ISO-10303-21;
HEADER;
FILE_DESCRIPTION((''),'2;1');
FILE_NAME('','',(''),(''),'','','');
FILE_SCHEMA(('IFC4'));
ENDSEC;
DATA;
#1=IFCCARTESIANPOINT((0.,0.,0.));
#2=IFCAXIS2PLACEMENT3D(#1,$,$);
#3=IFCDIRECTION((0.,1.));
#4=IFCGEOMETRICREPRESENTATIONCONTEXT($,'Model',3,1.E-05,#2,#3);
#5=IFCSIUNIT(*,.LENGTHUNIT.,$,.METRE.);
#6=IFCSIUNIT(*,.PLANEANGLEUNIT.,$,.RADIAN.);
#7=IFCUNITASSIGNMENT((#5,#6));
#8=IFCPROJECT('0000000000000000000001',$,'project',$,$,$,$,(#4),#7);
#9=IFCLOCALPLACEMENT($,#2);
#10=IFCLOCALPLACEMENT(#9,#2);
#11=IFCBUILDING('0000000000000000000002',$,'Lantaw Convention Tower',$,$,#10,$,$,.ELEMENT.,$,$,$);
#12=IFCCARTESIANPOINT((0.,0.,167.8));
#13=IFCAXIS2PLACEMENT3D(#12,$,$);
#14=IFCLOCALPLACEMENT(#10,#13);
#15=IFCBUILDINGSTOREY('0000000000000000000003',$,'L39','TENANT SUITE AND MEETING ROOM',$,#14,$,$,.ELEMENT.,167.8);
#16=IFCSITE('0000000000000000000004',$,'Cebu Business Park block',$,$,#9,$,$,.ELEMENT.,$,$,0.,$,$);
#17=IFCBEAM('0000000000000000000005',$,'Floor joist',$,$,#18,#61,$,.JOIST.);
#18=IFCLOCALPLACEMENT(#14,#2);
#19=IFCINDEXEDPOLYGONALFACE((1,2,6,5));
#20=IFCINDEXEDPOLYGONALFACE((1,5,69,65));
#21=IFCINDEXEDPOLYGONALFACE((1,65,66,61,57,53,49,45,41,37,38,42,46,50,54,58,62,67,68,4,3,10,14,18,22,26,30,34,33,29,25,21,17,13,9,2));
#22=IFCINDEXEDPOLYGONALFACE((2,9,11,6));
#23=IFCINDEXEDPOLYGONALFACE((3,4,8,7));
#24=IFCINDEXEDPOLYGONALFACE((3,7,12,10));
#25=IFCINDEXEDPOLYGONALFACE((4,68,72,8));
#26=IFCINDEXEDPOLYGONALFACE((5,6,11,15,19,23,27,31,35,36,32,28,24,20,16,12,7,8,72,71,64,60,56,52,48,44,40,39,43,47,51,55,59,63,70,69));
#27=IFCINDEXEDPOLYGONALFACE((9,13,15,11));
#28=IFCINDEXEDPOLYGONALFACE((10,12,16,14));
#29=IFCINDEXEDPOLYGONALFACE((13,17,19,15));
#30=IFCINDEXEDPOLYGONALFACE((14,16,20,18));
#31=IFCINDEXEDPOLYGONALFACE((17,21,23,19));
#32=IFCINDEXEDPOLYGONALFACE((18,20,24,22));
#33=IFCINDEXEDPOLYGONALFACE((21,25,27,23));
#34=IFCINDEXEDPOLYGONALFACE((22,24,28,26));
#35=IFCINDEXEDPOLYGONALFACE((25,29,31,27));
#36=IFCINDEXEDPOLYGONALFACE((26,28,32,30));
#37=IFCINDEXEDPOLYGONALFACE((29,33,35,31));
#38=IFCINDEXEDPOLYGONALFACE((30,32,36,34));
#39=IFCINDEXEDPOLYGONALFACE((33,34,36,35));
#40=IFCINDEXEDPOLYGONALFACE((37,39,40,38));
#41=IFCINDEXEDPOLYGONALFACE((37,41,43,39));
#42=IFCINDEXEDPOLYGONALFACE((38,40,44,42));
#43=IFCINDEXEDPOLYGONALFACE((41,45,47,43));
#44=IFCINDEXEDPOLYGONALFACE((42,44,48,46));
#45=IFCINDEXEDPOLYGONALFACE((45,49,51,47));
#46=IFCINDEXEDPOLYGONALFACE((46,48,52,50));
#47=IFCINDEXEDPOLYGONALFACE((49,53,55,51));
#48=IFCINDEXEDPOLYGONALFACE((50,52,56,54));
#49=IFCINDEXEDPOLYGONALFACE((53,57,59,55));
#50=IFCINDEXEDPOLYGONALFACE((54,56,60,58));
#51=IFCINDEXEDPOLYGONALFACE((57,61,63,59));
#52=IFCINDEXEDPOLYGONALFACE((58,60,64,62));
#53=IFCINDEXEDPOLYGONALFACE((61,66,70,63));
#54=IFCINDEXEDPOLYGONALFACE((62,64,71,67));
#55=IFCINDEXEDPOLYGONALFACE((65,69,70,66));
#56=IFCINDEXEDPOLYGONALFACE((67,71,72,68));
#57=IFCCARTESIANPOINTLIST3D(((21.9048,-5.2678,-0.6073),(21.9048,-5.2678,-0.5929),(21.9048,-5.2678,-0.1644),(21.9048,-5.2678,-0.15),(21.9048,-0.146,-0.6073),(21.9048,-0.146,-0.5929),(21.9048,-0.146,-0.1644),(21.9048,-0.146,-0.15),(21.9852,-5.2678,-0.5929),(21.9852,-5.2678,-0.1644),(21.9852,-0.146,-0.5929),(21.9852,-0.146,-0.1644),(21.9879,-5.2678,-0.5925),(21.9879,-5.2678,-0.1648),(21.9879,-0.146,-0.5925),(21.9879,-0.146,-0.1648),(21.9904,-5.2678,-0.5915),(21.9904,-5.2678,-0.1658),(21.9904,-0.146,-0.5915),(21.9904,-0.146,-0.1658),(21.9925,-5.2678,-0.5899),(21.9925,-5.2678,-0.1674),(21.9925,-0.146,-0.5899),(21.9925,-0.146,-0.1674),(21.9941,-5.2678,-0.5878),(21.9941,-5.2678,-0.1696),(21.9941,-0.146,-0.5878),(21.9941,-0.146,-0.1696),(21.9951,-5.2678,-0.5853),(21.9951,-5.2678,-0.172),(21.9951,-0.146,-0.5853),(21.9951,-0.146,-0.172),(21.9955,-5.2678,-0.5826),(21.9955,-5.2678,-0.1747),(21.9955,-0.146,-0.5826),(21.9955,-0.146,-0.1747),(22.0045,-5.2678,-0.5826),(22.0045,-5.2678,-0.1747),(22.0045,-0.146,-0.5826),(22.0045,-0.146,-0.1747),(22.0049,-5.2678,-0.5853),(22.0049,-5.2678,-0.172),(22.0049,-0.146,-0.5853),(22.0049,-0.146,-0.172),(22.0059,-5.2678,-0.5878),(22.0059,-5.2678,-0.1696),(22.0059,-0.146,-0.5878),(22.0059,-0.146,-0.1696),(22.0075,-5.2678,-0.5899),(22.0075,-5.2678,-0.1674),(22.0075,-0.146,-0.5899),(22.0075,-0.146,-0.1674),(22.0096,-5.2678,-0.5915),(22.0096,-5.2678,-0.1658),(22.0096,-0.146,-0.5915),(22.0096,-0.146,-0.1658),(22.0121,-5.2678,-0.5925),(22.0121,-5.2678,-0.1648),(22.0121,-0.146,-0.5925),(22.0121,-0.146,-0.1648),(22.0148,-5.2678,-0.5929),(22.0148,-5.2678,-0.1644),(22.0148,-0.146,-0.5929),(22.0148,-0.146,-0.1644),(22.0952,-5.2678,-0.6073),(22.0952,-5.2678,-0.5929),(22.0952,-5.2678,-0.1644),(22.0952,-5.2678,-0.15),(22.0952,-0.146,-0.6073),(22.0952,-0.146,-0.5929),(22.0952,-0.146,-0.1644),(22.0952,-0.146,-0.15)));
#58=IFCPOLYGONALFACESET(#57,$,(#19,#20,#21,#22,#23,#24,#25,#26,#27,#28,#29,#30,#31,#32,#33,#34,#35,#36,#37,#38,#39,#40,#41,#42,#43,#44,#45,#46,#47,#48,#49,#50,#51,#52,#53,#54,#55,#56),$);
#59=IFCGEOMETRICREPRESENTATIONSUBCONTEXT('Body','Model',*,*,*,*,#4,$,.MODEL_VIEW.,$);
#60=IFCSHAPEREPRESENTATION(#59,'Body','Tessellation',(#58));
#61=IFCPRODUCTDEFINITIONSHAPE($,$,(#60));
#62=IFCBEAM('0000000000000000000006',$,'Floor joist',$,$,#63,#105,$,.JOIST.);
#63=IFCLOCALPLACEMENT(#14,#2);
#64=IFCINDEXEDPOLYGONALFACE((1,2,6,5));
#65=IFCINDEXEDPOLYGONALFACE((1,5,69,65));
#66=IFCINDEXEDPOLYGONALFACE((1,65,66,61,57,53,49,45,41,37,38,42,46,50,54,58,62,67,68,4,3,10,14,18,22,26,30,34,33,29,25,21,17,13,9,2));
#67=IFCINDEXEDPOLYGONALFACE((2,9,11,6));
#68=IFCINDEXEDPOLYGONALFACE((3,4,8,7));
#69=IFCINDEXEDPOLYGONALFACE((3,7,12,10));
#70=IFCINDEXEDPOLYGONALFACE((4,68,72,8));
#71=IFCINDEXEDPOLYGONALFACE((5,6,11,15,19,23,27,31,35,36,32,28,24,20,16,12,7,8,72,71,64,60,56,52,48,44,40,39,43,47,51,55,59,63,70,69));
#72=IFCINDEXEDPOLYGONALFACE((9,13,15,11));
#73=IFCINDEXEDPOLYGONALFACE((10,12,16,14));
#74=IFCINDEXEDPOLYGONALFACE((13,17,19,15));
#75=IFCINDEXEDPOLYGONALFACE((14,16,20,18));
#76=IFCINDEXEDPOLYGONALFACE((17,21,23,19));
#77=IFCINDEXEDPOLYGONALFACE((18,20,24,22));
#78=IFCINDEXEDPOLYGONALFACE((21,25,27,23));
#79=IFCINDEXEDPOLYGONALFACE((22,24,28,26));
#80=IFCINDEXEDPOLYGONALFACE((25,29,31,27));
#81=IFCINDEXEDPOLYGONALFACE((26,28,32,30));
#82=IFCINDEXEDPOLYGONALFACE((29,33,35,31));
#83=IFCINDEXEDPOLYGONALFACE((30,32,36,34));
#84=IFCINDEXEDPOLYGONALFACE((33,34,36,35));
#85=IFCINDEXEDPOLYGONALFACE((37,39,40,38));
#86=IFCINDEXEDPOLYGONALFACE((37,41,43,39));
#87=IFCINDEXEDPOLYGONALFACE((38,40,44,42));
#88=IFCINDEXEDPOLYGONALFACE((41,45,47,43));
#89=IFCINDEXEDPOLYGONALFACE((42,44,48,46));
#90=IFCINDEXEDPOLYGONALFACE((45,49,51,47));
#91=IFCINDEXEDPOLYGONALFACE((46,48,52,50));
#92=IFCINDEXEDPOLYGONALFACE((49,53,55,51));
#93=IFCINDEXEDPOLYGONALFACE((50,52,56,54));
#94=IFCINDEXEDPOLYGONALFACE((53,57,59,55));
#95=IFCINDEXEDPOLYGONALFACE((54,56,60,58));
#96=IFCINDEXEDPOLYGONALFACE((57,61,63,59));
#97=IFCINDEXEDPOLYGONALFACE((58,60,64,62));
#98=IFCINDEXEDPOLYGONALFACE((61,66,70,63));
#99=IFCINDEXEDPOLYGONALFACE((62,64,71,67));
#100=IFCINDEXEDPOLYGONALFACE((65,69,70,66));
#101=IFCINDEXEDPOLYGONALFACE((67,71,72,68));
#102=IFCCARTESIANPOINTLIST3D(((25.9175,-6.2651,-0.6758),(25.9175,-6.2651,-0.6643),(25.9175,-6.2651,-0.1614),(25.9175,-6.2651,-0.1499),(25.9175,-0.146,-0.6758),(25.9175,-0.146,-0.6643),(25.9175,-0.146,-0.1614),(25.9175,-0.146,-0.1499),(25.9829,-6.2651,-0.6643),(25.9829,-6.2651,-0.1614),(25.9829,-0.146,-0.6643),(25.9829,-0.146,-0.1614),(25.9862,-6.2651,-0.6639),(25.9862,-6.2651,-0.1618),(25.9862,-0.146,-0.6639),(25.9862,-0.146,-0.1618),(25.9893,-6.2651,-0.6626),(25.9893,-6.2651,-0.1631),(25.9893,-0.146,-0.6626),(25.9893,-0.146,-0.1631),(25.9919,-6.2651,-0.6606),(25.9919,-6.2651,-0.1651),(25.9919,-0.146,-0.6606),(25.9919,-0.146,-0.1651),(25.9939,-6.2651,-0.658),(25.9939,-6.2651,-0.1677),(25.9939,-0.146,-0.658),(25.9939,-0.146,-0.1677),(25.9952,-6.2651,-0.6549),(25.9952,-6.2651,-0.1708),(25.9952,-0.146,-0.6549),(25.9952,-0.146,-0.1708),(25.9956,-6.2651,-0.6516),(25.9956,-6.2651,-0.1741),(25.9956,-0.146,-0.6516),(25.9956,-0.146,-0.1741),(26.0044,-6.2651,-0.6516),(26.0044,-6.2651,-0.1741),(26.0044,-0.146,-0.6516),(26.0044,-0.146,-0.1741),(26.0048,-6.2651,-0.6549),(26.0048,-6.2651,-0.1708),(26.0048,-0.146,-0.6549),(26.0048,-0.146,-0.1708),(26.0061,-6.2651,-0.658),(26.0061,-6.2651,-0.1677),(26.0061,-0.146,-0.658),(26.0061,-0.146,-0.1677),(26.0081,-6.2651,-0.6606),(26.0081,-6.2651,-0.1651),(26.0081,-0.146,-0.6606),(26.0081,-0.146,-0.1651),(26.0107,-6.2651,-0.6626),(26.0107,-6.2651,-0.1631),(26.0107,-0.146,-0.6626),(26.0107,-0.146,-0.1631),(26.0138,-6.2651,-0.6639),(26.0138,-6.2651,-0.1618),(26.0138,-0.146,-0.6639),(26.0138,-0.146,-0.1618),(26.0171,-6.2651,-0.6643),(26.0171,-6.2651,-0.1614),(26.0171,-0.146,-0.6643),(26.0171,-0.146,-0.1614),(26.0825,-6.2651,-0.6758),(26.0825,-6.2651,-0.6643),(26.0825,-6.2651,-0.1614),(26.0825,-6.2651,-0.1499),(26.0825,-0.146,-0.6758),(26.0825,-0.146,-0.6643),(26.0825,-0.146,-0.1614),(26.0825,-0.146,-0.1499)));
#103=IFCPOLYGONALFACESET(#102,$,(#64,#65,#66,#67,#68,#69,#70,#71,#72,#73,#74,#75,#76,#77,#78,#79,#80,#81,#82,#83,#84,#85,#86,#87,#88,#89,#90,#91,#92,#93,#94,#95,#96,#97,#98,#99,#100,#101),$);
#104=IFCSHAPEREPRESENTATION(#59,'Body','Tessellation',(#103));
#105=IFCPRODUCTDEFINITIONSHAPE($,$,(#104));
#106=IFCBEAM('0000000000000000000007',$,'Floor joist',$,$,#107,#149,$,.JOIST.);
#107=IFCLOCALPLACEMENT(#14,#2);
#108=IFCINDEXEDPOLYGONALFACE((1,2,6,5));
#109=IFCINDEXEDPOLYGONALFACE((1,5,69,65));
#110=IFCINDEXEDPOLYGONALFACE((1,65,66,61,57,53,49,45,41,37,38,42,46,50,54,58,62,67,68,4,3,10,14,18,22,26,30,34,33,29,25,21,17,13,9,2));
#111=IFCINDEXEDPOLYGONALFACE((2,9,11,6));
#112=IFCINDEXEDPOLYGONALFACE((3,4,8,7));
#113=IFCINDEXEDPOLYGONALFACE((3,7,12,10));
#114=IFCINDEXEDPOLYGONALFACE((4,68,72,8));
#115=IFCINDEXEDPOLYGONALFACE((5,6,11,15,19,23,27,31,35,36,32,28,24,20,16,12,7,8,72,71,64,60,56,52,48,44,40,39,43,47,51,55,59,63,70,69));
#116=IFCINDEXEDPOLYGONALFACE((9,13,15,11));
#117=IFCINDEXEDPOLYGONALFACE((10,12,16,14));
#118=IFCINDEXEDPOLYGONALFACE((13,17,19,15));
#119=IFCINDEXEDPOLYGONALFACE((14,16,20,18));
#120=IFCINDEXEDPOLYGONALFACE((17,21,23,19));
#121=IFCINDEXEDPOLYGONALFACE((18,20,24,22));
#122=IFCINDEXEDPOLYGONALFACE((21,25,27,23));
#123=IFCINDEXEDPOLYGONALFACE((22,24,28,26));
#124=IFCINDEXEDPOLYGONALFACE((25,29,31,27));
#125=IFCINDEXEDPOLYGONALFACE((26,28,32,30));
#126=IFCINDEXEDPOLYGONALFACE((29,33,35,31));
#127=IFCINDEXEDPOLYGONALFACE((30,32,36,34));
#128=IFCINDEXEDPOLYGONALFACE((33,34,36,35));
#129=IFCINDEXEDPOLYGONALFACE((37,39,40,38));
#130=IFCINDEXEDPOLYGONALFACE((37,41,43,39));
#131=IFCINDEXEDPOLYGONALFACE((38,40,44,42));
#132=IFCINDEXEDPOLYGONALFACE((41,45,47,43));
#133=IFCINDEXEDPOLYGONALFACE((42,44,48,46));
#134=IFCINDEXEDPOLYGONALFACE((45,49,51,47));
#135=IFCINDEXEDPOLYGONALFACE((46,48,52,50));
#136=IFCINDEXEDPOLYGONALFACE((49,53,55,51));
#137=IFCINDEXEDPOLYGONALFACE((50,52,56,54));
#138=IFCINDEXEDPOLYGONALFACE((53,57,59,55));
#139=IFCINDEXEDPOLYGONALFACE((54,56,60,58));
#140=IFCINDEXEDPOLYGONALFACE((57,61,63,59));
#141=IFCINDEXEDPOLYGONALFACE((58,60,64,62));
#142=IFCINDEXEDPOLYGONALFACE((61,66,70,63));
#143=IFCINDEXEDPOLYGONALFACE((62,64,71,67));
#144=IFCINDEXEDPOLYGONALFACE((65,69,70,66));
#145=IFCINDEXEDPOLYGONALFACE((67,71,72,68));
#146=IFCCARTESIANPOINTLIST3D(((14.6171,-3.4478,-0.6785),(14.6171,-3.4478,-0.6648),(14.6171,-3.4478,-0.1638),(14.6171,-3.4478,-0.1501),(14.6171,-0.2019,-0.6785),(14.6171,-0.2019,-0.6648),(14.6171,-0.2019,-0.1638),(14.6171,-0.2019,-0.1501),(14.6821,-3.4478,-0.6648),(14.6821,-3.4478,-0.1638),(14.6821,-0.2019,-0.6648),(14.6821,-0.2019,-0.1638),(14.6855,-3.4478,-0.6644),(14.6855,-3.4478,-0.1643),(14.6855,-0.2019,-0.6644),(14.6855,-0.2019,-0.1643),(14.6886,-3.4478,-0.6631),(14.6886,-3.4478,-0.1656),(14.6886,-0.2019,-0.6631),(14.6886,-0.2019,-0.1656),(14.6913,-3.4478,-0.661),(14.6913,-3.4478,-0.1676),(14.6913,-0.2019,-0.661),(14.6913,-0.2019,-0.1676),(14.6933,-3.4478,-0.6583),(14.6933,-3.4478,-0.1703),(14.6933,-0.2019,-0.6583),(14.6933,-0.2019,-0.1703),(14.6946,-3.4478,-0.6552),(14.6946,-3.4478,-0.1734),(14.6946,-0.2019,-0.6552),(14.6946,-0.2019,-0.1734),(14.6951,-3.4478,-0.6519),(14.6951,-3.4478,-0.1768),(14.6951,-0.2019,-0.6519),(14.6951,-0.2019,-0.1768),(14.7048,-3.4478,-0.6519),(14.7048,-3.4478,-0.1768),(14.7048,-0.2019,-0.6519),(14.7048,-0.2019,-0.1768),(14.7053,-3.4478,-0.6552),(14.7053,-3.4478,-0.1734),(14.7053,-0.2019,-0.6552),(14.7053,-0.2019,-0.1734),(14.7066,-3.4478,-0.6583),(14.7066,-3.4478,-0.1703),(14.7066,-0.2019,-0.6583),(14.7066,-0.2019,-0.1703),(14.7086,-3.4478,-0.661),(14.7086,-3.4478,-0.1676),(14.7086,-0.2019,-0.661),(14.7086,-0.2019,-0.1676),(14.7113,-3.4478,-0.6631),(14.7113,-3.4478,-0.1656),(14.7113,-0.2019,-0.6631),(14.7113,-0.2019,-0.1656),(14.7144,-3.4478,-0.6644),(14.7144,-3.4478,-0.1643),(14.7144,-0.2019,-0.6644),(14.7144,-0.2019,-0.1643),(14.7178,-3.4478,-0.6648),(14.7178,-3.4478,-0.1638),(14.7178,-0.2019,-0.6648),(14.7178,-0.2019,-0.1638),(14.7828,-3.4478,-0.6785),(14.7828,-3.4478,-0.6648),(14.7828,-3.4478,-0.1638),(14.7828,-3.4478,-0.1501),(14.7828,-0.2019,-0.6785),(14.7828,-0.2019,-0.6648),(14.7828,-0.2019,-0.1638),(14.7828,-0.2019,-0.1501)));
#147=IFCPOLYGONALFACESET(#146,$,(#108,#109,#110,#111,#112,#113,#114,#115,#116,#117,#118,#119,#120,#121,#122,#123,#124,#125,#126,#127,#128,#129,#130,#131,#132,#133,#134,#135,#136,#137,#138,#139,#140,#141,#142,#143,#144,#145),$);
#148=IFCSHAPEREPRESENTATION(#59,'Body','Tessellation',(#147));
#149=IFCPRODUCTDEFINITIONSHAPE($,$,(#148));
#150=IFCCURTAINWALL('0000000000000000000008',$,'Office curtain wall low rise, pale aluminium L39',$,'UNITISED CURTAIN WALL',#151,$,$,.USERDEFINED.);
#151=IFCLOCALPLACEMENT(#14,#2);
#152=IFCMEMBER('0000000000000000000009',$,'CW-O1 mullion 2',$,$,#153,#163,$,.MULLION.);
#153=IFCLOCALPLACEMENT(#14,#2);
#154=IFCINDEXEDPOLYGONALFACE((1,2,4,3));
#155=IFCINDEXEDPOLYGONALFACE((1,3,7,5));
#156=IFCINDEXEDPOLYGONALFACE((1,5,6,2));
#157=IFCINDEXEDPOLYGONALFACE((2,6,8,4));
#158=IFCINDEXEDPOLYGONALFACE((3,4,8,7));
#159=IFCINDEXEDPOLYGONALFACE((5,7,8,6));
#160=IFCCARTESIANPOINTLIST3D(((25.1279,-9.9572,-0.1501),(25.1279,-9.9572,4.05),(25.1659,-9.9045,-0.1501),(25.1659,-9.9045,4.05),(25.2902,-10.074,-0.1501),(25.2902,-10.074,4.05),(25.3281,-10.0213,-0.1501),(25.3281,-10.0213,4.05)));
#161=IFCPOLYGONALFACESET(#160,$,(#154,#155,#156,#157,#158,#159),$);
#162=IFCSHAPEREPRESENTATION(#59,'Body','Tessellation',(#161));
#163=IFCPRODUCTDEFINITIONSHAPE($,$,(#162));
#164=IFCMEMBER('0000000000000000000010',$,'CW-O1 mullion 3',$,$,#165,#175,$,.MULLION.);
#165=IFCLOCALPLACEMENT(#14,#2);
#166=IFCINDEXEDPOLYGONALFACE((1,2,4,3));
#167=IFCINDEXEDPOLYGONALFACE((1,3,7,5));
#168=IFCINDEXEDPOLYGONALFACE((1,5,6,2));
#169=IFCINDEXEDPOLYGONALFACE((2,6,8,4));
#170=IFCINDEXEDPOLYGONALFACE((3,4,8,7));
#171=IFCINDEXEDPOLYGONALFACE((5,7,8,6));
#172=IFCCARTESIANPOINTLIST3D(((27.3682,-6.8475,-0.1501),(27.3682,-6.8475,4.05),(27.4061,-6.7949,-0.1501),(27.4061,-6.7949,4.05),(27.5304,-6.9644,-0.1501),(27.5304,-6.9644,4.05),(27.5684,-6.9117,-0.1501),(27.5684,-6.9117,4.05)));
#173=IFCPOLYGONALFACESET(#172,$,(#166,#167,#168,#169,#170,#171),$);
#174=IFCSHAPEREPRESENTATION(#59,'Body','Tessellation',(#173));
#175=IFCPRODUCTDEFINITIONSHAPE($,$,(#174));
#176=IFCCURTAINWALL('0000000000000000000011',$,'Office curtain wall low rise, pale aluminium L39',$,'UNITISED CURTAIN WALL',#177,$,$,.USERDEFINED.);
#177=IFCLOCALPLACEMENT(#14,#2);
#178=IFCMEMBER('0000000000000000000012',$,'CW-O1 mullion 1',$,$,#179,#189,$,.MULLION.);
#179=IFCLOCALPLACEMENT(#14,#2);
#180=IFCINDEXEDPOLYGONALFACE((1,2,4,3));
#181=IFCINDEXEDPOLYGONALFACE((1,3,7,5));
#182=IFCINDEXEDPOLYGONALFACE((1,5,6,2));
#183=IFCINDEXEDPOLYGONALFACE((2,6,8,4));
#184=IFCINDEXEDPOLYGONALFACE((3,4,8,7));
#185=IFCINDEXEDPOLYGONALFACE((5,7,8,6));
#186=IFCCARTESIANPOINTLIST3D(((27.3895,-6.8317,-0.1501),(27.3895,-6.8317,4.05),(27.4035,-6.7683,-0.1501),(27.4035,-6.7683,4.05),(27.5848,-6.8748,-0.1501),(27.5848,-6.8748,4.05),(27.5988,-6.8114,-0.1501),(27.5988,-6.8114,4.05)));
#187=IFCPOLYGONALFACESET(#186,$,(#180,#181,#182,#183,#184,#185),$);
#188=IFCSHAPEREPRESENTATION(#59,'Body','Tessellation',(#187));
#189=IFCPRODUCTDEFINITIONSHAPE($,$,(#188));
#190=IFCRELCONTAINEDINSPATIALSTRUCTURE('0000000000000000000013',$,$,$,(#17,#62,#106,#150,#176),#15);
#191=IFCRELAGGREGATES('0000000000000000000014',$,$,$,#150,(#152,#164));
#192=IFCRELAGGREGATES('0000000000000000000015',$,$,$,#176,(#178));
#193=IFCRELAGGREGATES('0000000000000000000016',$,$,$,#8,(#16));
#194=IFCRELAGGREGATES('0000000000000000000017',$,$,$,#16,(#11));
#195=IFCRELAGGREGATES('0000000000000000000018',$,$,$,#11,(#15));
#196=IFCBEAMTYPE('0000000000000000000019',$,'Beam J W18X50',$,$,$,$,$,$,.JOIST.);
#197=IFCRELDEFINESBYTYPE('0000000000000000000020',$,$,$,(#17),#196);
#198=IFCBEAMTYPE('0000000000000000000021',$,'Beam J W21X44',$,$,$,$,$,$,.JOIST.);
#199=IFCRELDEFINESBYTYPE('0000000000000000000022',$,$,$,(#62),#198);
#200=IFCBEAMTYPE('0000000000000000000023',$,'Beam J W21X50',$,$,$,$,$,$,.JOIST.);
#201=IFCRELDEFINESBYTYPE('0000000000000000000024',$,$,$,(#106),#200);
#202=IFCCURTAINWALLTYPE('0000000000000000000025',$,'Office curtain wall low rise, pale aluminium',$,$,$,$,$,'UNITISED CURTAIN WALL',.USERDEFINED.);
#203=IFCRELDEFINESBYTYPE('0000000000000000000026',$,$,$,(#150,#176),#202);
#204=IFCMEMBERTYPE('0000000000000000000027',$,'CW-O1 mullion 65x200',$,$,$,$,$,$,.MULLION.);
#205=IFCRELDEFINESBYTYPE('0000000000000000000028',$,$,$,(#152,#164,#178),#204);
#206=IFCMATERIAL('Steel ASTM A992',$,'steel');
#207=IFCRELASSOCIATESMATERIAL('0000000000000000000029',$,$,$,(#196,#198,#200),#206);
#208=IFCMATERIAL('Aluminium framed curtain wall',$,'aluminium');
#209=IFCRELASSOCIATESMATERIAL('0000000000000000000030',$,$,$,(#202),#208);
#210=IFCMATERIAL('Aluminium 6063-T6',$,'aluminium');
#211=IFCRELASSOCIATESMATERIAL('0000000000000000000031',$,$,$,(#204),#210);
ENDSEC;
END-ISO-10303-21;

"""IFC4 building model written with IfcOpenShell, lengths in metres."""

from ifc_helpers import new_model, si_unit, direction, frame, origin, origin_2d, place, context, subcontext, project, spatial, rectangle, i_section, extrude, material, material_profile, profile_set, type_object, element, aggregate, save


model = new_model("IFC4")

# Units and contexts
model_context = context("Model", 3, precision=1e-05, world=origin(), true_north=direction((0.0, 1.0)))
body_context = subcontext(model_context, "Body", "Model", "MODEL_VIEW")
ifc_project = project(units=[si_unit("LENGTHUNIT", "METRE"), si_unit("PLANEANGLEUNIT", "RADIAN")], contexts=[model_context])

# Site, building, storey
site_placement = place(None, origin())
site = spatial("IfcSite", under=ifc_project, at=site_placement, Name="Cebu Business Park block", CompositionType="ELEMENT", RefElevation=0.0)
building_placement = place(site_placement, origin())
building = spatial("IfcBuilding", under=site, at=building_placement, Name="Lantaw Convention Tower", CompositionType="ELEMENT")
storey_placement = place(building_placement, frame((0.0, 0.0, 167.8)))
storey = spatial("IfcBuildingStorey", under=building, at=storey_placement, Name="L39", Description="TENANT SUITE AND MEETING ROOM", CompositionType="ELEMENT", Elevation=167.8)

# Beams
ifc_material_1 = material(Name="Steel ASTM A992", Category="steel")
ifc_material_profile_1 = material_profile(ifc_material_1, i_section(OverallWidth=0.1904, OverallDepth=0.4573, WebThickness=0.009, FlangeThickness=0.0144, FilletRadius=0.0103, at=origin_2d()), Name="W18X50")
ifc_profile_set_1 = profile_set([ifc_material_profile_1], Name="Steel ASTM A992")
beam_type_1 = type_object("IfcBeamType", Name="Beam J W18X50", PredefinedType="JOIST", material=ifc_profile_set_1)
beam_1_placement = place(storey_placement, frame((22.0, -5.2678, -0.3787), z_axis=(0.0, 1.0, 0.0), x_axis=(-1.0, 0.0, 0.0)))
element("IfcBeam", 1, at=beam_1_placement, inside=storey, type_object=beam_type_1, Name="Floor joist", PredefinedType="JOIST", context=body_context, shape_type="SweptSolid", body=[
    extrude(i_section(OverallWidth=0.1904, OverallDepth=0.4573, WebThickness=0.009, FlangeThickness=0.0144, FilletRadius=0.0103, at=origin_2d()), origin(), (0.0, 0.0, 1.0), 5.1218),
])
ifc_material_profile_2 = material_profile(ifc_material_1, i_section(OverallWidth=0.165, OverallDepth=0.5259, WebThickness=0.0088, FlangeThickness=0.0115, FilletRadius=0.0127, at=origin_2d()), Name="W21X44")
ifc_profile_set_2 = profile_set([ifc_material_profile_2], Name="Steel ASTM A992")
beam_type_2 = type_object("IfcBeamType", Name="Beam J W21X44", PredefinedType="JOIST", material=ifc_profile_set_2)
beam_2_placement = place(storey_placement, frame((26.0, -6.2651, -0.4128), z_axis=(0.0, 1.0, 0.0), x_axis=(-1.0, 0.0, 0.0)))
element("IfcBeam", 2, at=beam_2_placement, inside=storey, type_object=beam_type_2, Name="Floor joist", PredefinedType="JOIST", context=body_context, shape_type="SweptSolid", body=[
    extrude(i_section(OverallWidth=0.165, OverallDepth=0.5259, WebThickness=0.0088, FlangeThickness=0.0115, FilletRadius=0.0127, at=origin_2d()), origin(), (0.0, 0.0, 1.0), 6.1191),
])
ifc_material_profile_3 = material_profile(ifc_material_1, i_section(OverallWidth=0.1658, OverallDepth=0.5283, WebThickness=0.0098, FlangeThickness=0.0137, FilletRadius=0.0129, at=origin_2d()), Name="W21X50")
ifc_profile_set_3 = profile_set([ifc_material_profile_3], Name="Steel ASTM A992")
beam_type_3 = type_object("IfcBeamType", Name="Beam J W21X50", PredefinedType="JOIST", material=ifc_profile_set_3)
beam_3_placement = place(storey_placement, frame((14.7, -3.4478, -0.4143), z_axis=(0.0, 1.0, 0.0), x_axis=(-1.0, 0.0, 0.0)))
element("IfcBeam", 3, at=beam_3_placement, inside=storey, type_object=beam_type_3, Name="Floor joist", PredefinedType="JOIST", context=body_context, shape_type="SweptSolid", body=[
    extrude(i_section(OverallWidth=0.1658, OverallDepth=0.5283, WebThickness=0.0098, FlangeThickness=0.0137, FilletRadius=0.0129, at=origin_2d()), origin(), (0.0, 0.0, 1.0), 3.2458),
])

# Curtain walls, members
ifc_material_2 = material(Name="Aluminium framed curtain wall", Category="aluminium")
curtain_wall_type = type_object("IfcCurtainWallType", Name="Office curtain wall low rise, pale aluminium", ElementType="UNITISED CURTAIN WALL", PredefinedType="USERDEFINED", material=ifc_material_2)
curtain_wall_1_placement = place(storey_placement, origin())
curtain_wall_1 = element("IfcCurtainWall", 4, at=curtain_wall_1_placement, inside=storey, type_object=curtain_wall_type, Name="Office curtain wall low rise, pale aluminium L39", ObjectType="UNITISED CURTAIN WALL", PredefinedType="USERDEFINED")
ifc_material_3 = material(Name="Aluminium 6063-T6", Category="aluminium")
ifc_material_profile_4 = material_profile(ifc_material_3, rectangle(XDim=0.2, YDim=0.0649, at=origin_2d()), Name="CW-O1 mullion 65x200")
ifc_profile_set_4 = profile_set([ifc_material_profile_4], Name="Aluminium 6063-T6")
member_type_1 = type_object("IfcMemberType", Name="CW-O1 mullion 65x200", PredefinedType="MULLION", material=ifc_profile_set_4)
member_1_placement = place(storey_placement, frame((25.228, -9.9893, -0.1501), z_axis=(0.0, 0.0, 1.0), x_axis=(-0.811385, 0.584513, 0.0)))
member_1 = element("IfcMember", 5, at=member_1_placement, type_object=member_type_1, Name="CW-O1 mullion 2", PredefinedType="MULLION", context=body_context, shape_type="SweptSolid", body=[
    extrude(rectangle(XDim=0.2, YDim=0.0649, at=origin_2d()), origin(), (0.0, 0.0, 1.0), 4.2002),
])
member_2_placement = place(storey_placement, frame((27.4683, -6.8796, -0.1501), z_axis=(0.0, 0.0, 1.0), x_axis=(-0.811385, 0.584513, 0.0)))
member_2 = element("IfcMember", 6, at=member_2_placement, type_object=member_type_1, Name="CW-O1 mullion 3", PredefinedType="MULLION", context=body_context, shape_type="SweptSolid", body=[
    extrude(rectangle(XDim=0.2, YDim=0.0649, at=origin_2d()), origin(), (0.0, 0.0, 1.0), 4.2002),
])
curtain_wall_2_placement = place(storey_placement, origin())
curtain_wall_2 = element("IfcCurtainWall", 7, at=curtain_wall_2_placement, inside=storey, type_object=curtain_wall_type, Name="Office curtain wall low rise, pale aluminium L39", ObjectType="UNITISED CURTAIN WALL", PredefinedType="USERDEFINED")
member_3_placement = place(storey_placement, frame((27.4941, -6.8215, -0.1501), z_axis=(0.0, 0.0, 1.0), x_axis=(-0.976494, 0.215546, 0.0)))
member_3 = element("IfcMember", 8, at=member_3_placement, type_object=member_type_1, Name="CW-O1 mullion 1", PredefinedType="MULLION", context=body_context, shape_type="SweptSolid", body=[
    extrude(rectangle(XDim=0.2, YDim=0.0649, at=origin_2d()), origin(), (0.0, 0.0, 1.0), 4.2002),
])

aggregate(curtain_wall_1, [member_1, member_2])
aggregate(curtain_wall_2, [member_3])

save(model, "model.ifc")
